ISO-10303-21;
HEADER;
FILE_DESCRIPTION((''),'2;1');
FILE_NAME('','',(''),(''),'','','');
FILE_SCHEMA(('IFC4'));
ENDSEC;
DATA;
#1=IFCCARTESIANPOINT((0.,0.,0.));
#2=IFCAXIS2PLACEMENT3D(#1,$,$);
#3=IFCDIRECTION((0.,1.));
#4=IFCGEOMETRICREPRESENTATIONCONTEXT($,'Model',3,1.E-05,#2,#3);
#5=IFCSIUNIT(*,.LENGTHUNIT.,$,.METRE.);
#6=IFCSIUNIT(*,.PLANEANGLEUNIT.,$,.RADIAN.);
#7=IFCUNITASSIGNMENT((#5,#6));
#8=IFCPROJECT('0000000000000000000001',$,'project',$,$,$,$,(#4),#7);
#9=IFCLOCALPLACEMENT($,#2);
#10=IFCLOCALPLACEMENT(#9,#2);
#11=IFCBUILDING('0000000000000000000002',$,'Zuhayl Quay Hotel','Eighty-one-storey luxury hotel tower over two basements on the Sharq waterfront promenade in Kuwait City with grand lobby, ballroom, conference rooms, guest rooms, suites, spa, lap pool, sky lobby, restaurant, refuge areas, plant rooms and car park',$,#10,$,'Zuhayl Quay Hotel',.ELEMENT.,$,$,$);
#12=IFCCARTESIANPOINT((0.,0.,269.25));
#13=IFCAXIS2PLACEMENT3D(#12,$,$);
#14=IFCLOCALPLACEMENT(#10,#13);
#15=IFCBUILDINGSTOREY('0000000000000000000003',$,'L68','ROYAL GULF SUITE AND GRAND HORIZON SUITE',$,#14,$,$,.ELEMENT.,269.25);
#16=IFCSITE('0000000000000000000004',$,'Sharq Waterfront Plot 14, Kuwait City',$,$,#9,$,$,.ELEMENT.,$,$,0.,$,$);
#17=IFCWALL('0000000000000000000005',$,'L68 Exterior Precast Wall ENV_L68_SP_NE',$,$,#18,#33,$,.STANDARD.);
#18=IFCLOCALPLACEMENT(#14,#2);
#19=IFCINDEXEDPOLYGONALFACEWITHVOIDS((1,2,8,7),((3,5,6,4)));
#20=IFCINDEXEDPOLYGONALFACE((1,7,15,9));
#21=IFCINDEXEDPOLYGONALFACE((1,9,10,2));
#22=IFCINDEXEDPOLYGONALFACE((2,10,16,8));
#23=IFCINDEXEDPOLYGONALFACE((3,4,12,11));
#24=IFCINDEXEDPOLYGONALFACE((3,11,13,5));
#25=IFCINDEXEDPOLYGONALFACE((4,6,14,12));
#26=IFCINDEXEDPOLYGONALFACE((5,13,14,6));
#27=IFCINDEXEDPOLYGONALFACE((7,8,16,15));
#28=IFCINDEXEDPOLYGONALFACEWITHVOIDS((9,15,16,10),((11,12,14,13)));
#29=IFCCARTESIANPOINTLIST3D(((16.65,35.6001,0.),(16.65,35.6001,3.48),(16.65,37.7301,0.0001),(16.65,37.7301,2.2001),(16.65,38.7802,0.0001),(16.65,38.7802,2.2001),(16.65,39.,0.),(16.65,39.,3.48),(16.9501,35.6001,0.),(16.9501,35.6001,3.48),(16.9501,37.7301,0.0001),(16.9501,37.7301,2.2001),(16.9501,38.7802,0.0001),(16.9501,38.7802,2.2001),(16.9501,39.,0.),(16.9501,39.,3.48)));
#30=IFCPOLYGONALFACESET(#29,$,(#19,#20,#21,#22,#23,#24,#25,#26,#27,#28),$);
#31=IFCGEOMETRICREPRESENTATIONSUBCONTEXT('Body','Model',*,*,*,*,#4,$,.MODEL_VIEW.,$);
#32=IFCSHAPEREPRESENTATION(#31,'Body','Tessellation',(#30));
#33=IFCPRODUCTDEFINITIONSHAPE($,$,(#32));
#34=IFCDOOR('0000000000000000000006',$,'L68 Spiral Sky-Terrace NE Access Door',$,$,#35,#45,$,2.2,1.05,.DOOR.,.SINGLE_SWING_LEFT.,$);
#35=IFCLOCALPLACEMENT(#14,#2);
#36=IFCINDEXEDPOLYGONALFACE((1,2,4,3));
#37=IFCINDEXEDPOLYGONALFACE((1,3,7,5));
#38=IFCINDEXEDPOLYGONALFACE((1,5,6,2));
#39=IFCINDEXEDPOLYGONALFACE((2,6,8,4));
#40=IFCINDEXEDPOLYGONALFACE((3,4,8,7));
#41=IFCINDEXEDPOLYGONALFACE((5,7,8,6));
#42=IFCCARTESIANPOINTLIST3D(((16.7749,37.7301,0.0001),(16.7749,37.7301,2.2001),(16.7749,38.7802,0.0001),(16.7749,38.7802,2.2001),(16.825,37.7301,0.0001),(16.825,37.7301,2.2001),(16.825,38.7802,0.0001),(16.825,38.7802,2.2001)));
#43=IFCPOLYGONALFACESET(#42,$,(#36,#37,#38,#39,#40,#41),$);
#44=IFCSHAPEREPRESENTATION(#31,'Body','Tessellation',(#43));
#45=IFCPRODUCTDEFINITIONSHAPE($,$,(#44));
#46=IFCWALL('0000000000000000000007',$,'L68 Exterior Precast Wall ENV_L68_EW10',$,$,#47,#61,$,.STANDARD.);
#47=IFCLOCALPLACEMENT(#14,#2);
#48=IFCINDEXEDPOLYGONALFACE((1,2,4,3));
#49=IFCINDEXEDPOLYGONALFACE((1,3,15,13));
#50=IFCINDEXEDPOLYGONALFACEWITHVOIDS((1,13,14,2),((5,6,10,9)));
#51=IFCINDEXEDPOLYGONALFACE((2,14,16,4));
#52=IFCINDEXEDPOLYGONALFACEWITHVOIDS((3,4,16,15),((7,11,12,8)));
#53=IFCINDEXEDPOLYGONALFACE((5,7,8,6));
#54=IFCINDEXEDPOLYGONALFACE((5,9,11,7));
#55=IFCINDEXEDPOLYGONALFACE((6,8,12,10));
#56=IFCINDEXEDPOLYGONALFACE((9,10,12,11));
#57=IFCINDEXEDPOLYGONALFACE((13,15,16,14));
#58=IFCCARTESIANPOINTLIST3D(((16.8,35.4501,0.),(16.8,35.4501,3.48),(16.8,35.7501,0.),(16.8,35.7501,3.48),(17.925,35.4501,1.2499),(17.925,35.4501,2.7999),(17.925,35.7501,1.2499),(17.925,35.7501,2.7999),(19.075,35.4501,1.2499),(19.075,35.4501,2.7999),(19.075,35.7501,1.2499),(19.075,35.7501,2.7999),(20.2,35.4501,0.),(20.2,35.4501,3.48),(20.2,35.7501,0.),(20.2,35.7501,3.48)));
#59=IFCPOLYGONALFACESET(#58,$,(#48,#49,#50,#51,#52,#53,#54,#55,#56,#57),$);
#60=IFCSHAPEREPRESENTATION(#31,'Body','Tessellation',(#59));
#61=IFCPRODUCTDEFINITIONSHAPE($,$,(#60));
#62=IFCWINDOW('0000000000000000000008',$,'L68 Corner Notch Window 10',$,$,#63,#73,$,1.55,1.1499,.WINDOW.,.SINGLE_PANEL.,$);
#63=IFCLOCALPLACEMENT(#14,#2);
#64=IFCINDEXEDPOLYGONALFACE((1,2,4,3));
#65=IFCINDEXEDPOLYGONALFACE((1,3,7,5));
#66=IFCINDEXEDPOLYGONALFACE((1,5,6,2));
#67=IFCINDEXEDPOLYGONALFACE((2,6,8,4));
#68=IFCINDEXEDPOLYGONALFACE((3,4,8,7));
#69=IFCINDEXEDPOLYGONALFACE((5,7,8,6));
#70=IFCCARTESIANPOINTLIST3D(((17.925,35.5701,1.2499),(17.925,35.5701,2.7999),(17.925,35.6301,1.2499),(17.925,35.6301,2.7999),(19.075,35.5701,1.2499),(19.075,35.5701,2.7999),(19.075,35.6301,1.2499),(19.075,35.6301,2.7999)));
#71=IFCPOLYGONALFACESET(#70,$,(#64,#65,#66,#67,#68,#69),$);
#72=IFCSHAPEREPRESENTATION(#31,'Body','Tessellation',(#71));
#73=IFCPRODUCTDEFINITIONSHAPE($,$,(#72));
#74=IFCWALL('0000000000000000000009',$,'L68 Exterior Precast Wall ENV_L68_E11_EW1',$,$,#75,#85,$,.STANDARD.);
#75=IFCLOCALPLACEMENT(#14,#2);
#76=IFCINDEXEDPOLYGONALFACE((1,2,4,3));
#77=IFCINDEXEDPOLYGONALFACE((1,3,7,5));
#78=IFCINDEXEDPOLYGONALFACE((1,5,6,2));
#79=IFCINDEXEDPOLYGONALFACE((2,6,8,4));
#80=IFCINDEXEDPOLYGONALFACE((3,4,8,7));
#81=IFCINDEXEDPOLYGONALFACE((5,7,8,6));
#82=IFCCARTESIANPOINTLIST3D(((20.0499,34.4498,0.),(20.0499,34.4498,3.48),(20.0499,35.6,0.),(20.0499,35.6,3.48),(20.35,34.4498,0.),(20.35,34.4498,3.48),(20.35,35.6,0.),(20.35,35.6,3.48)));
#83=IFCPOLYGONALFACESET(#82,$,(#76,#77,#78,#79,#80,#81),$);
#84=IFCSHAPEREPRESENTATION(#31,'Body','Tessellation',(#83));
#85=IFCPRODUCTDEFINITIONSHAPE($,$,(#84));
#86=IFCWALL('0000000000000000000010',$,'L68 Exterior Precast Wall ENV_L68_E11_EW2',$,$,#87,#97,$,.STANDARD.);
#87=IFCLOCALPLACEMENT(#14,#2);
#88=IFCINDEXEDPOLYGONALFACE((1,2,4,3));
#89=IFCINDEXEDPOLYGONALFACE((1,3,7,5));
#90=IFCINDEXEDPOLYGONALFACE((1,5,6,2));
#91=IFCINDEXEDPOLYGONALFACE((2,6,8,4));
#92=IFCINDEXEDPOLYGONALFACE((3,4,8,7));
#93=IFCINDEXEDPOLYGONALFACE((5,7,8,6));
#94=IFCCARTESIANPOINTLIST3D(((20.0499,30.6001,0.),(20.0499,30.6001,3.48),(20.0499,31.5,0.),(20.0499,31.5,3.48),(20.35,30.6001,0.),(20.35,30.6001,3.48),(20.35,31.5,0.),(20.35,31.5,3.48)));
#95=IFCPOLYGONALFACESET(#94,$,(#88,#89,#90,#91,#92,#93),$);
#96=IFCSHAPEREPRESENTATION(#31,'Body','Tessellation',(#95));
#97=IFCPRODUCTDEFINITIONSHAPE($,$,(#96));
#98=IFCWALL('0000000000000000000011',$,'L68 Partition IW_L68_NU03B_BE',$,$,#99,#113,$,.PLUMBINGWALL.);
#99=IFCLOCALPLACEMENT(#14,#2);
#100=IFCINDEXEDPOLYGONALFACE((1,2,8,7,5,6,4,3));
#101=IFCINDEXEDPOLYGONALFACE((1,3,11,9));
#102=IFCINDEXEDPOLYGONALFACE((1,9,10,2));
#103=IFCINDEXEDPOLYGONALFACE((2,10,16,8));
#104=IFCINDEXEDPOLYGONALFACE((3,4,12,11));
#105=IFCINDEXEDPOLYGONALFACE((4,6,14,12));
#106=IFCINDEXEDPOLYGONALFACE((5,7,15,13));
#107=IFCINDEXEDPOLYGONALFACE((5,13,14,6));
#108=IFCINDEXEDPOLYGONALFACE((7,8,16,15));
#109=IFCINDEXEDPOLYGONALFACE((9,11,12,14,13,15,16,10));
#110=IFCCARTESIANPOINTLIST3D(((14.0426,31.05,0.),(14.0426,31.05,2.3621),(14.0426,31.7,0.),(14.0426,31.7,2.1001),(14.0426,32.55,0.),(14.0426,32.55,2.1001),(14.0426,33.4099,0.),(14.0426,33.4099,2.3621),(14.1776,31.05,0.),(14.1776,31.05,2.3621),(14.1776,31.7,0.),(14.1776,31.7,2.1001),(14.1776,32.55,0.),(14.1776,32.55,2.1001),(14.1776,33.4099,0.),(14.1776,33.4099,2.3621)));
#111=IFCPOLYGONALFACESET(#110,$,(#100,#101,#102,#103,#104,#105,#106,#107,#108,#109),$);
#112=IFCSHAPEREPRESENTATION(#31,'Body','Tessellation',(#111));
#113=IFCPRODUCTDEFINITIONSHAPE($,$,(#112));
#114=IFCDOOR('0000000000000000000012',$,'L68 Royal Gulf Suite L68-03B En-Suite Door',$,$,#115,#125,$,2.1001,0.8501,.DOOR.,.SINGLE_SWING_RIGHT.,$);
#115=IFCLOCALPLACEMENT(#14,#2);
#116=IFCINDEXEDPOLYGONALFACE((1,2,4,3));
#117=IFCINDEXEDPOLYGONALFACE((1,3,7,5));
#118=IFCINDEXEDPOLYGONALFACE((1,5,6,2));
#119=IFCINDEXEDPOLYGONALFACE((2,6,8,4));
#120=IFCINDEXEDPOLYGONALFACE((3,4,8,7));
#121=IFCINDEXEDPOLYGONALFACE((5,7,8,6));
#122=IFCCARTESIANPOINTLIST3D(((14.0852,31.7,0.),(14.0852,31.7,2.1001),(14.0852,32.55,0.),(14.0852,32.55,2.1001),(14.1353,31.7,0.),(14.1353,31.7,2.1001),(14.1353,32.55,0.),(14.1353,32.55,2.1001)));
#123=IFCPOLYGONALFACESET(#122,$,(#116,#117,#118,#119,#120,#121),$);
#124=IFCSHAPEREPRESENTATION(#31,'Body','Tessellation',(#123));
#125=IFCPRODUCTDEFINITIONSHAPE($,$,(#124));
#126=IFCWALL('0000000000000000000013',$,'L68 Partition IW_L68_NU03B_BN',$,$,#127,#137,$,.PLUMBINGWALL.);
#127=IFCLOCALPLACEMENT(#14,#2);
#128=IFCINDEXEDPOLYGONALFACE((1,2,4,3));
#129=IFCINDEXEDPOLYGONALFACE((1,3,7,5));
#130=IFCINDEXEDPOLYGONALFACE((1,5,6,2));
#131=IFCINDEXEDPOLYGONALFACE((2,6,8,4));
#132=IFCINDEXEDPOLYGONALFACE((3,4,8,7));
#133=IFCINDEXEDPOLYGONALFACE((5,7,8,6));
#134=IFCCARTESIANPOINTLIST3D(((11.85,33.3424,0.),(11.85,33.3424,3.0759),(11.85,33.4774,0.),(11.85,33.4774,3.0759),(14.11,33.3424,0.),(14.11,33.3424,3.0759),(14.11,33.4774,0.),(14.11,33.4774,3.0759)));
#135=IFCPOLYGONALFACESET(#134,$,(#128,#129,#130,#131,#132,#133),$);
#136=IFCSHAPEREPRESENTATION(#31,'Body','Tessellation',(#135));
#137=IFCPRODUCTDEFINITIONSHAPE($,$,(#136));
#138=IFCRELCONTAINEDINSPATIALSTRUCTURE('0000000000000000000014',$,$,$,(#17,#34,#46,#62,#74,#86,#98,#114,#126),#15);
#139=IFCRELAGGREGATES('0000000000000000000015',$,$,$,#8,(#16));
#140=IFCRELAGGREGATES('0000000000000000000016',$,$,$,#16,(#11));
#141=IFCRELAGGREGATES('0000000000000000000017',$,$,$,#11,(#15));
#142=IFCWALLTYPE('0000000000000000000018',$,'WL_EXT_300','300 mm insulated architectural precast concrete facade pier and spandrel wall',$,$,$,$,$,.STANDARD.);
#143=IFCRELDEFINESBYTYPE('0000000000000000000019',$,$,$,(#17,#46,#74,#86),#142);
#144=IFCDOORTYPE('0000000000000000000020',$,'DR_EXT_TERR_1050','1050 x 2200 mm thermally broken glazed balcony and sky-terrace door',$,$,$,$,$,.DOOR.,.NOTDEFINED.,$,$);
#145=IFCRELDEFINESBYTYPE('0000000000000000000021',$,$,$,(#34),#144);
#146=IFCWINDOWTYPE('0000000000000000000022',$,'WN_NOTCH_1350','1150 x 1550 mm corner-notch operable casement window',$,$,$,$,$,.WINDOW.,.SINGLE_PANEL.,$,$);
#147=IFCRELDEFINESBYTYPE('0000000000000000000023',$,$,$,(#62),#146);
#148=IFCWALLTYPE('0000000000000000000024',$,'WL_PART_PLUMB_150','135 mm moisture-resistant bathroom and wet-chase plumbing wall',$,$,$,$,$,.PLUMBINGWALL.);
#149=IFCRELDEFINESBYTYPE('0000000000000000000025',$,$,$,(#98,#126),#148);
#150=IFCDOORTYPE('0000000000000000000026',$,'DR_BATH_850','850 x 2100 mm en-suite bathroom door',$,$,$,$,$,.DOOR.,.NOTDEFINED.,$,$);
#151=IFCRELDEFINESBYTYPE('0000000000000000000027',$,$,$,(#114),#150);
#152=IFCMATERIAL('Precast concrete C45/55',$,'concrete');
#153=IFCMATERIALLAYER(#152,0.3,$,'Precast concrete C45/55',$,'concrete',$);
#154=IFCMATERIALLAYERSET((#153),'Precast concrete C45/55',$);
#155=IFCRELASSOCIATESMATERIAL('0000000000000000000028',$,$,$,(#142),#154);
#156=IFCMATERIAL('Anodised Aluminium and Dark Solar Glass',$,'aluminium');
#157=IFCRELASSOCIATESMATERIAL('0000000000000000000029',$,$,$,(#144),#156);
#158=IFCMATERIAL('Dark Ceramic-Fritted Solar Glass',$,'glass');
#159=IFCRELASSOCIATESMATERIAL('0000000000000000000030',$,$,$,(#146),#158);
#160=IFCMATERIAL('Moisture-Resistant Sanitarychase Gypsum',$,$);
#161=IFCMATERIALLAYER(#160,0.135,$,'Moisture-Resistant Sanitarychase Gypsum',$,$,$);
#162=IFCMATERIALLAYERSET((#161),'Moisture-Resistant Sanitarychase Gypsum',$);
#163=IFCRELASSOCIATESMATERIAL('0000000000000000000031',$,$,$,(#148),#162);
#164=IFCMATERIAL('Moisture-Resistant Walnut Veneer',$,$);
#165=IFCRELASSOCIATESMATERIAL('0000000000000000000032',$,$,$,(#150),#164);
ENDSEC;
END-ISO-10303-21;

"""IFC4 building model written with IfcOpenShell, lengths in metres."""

from ifc_helpers import new_model, si_unit, direction, frame, frame_2d, origin, place, context, subcontext, project, spatial, rectangle, extrude, material, layer, layer_set, type_object, element, fill, save


model = new_model("IFC4")

# Units and contexts
model_context = context("Model", 3, precision=1e-05, world=origin(), true_north=direction((0.0, 1.0)))
body_context = subcontext(model_context, "Body", "Model", "MODEL_VIEW")
ifc_project = project(units=[si_unit("LENGTHUNIT", "METRE"), si_unit("PLANEANGLEUNIT", "RADIAN")], contexts=[model_context])

# Site, building, storey
site_placement = place(None, origin())
site = spatial("IfcSite", under=ifc_project, at=site_placement, Name="Sharq Waterfront Plot 14, Kuwait City", CompositionType="ELEMENT", RefElevation=0.0)
building_placement = place(site_placement, origin())
building = spatial("IfcBuilding", under=site, at=building_placement, Name="Zuhayl Quay Hotel", Description="Eighty-one-storey luxury hotel tower over two basements on the Sharq waterfront promenade in Kuwait City with grand lobby, ballroom, conference rooms, guest rooms, suites, spa, lap pool, sky lobby, restaurant, refuge areas, plant rooms and car park", LongName="Zuhayl Quay Hotel", CompositionType="ELEMENT")
storey_placement = place(building_placement, frame((0.0, 0.0, 269.25)))
storey = spatial("IfcBuildingStorey", under=building, at=storey_placement, Name="L68", Description="ROYAL GULF SUITE AND GRAND HORIZON SUITE", CompositionType="ELEMENT", Elevation=269.25)

# Shared definitions
ifc_material_1 = material(Name="Dark Ceramic-Fritted Solar Glass", Category="glass")

# Wall, opening, door
ifc_material_2 = material(Name="Precast concrete C45/55", Category="concrete")
ifc_layer_1 = layer(ifc_material_2, 0.3, Name="Precast concrete C45/55", Category="concrete")
ifc_layer_set_1 = layer_set([ifc_layer_1], Name="Precast concrete C45/55")
wall_type_1 = type_object("IfcWallType", Name="WL_EXT_300", Description="300 mm insulated architectural precast concrete facade pier and spandrel wall", PredefinedType="STANDARD", material=ifc_layer_set_1)
wall_1_placement = place(storey_placement, frame((16.8, 39.0, 0.0), z_axis=(0.0, 0.0, 1.0), x_axis=(0.0, -1.0, 0.0)))
wall_1 = element("IfcWall", 1, at=wall_1_placement, inside=storey, type_object=wall_type_1, Name="L68 Exterior Precast Wall ENV_L68_SP_NE", PredefinedType="STANDARD", context=body_context, shape_type="SweptSolid", body=[
    extrude(rectangle(XDim=3.3999, YDim=0.3, at=frame_2d((1.7, 0.0))), origin(), (0.0, 0.0, 1.0), 3.48),
])
opening_1_placement = place(wall_1_placement, frame((0.22, 0.0, 0.0)))
opening_1 = element("IfcOpeningElement", 2, at=opening_1_placement, cuts=wall_1, PredefinedType="OPENING", context=body_context, shape_type="SweptSolid", body=[
    extrude(rectangle(XDim=1.05, YDim=2.2, at=frame_2d((0.5249, 1.1001))), frame((0.0, 0.1599, 0.0), z_axis=(0.0, -1.0, 0.0), x_axis=(1.0, 0.0, 0.0)), (0.0, 0.0, 1.0), 0.3201),
])
ifc_material_3 = material(Name="Anodised Aluminium and Dark Solar Glass", Category="aluminium")
door_type_1 = type_object("IfcDoorType", Name="DR_EXT_TERR_1050", Description="1050 x 2200 mm thermally broken glazed balcony and sky-terrace door", OperationType="NOTDEFINED", PredefinedType="DOOR", material=ifc_material_3)
door_1_placement = place(opening_1_placement, origin())
door_1 = element("IfcDoor", 3, at=door_1_placement, inside=storey, type_object=door_type_1, Name="L68 Spiral Sky-Terrace NE Access Door", OperationType="SINGLE_SWING_LEFT", OverallHeight=2.2, OverallWidth=1.05, PredefinedType="DOOR", context=body_context, shape_type="SweptSolid", body=[
    extrude(rectangle(XDim=1.05, YDim=2.2, at=frame_2d((0.5249, 1.1001))), frame((0.0, 0.0249, 0.0), z_axis=(0.0, -1.0, 0.0), x_axis=(1.0, 0.0, 0.0)), (0.0, 0.0, 1.0), 0.05),
])
fill(opening_1, door_1)

# Wall, opening, window
wall_2_placement = place(storey_placement, frame((16.8, 35.6001, 0.0), z_axis=(0.0, 0.0, 1.0), x_axis=(1.0, 0.0, 0.0)))
wall_2 = element("IfcWall", 4, at=wall_2_placement, inside=storey, type_object=wall_type_1, Name="L68 Exterior Precast Wall ENV_L68_EW10", PredefinedType="STANDARD", context=body_context, shape_type="SweptSolid", body=[
    extrude(rectangle(XDim=3.3999, YDim=0.3, at=frame_2d((1.7, 0.0))), origin(), (0.0, 0.0, 1.0), 3.48),
])
opening_2_placement = place(wall_2_placement, frame((1.125, 0.0, 1.25)))
opening_2 = element("IfcOpeningElement", 5, at=opening_2_placement, cuts=wall_2, PredefinedType="OPENING", context=body_context, shape_type="SweptSolid", body=[
    extrude(rectangle(XDim=1.1499, YDim=1.55, at=frame_2d((0.575, 0.7749))), frame((0.0, 0.1599, 0.0), z_axis=(0.0, -1.0, 0.0), x_axis=(1.0, 0.0, 0.0)), (0.0, 0.0, 1.0), 0.3201),
])
window_type = type_object("IfcWindowType", Name="WN_NOTCH_1350", Description="1150 x 1550 mm corner-notch operable casement window", PartitioningType="SINGLE_PANEL", PredefinedType="WINDOW", material=ifc_material_1)
window_placement = place(opening_2_placement, origin())
window = element("IfcWindow", 6, at=window_placement, inside=storey, type_object=window_type, Name="L68 Corner Notch Window 10", OverallHeight=1.55, OverallWidth=1.1499, PartitioningType="SINGLE_PANEL", PredefinedType="WINDOW", context=body_context, shape_type="SweptSolid", body=[
    extrude(rectangle(XDim=1.1499, YDim=1.55, at=frame_2d((0.575, 0.7749))), frame((0.0, 0.03, 0.0), z_axis=(0.0, -1.0, 0.0), x_axis=(1.0, 0.0, 0.0)), (0.0, 0.0, 1.0), 0.0601),
])
fill(opening_2, window)

# Walls
wall_3_placement = place(storey_placement, frame((20.2, 35.6001, 0.0), z_axis=(0.0, 0.0, 1.0), x_axis=(0.0, -1.0, 0.0)))
element("IfcWall", 7, at=wall_3_placement, inside=storey, type_object=wall_type_1, Name="L68 Exterior Precast Wall ENV_L68_E11_EW1", PredefinedType="STANDARD", context=body_context, shape_type="SweptSolid", body=[
    extrude(rectangle(XDim=1.1501, YDim=0.3, at=frame_2d((0.5752, 0.0))), origin(), (0.0, 0.0, 1.0), 3.48),
])
wall_4_placement = place(storey_placement, frame((20.2, 31.5, 0.0), z_axis=(0.0, 0.0, 1.0), x_axis=(0.0, -1.0, 0.0)))
element("IfcWall", 8, at=wall_4_placement, inside=storey, type_object=wall_type_1, Name="L68 Exterior Precast Wall ENV_L68_E11_EW2", PredefinedType="STANDARD", context=body_context, shape_type="SweptSolid", body=[
    extrude(rectangle(XDim=0.8999, YDim=0.3, at=frame_2d((0.45, 0.0))), origin(), (0.0, 0.0, 1.0), 3.48),
])

# Wall, opening, door
ifc_material_4 = material(Name="Moisture-Resistant Sanitarychase Gypsum")
ifc_layer_2 = layer(ifc_material_4, 0.135, Name="Moisture-Resistant Sanitarychase Gypsum")
ifc_layer_set_2 = layer_set([ifc_layer_2], Name="Moisture-Resistant Sanitarychase Gypsum")
wall_type_2 = type_object("IfcWallType", Name="WL_PART_PLUMB_150", Description="135 mm moisture-resistant bathroom and wet-chase plumbing wall", PredefinedType="PLUMBINGWALL", material=ifc_layer_set_2)
wall_5_placement = place(storey_placement, frame((14.1101, 31.05, 0.0), z_axis=(0.0, 0.0, 1.0), x_axis=(0.0, 1.0, 0.0)))
wall_5 = element("IfcWall", 9, at=wall_5_placement, inside=storey, type_object=wall_type_2, Name="L68 Partition IW_L68_NU03B_BE", PredefinedType="PLUMBINGWALL", context=body_context, shape_type="SweptSolid", body=[
    extrude(rectangle(XDim=2.3599, YDim=0.135, at=frame_2d((1.1799, 0.0))), origin(), (0.0, 0.0, 1.0), 2.3621),
])
opening_3_placement = place(wall_5_placement, frame((0.6499, 0.0, 0.0)))
opening_3 = element("IfcOpeningElement", 10, at=opening_3_placement, cuts=wall_5, PredefinedType="OPENING", context=body_context, shape_type="SweptSolid", body=[
    extrude(rectangle(XDim=0.8501, YDim=2.1001, at=frame_2d((0.425, 1.05))), frame((0.0, 0.0774, 0.0), z_axis=(0.0, -1.0, 0.0), x_axis=(1.0, 0.0, 0.0)), (0.0, 0.0, 1.0), 0.155),
])
ifc_material_5 = material(Name="Moisture-Resistant Walnut Veneer")
door_type_2 = type_object("IfcDoorType", Name="DR_BATH_850", Description="850 x 2100 mm en-suite bathroom door", OperationType="NOTDEFINED", PredefinedType="DOOR", material=ifc_material_5)
door_2_placement = place(opening_3_placement, origin())
door_2 = element("IfcDoor", 11, at=door_2_placement, inside=storey, type_object=door_type_2, Name="L68 Royal Gulf Suite L68-03B En-Suite Door", OperationType="SINGLE_SWING_RIGHT", OverallHeight=2.1001, OverallWidth=0.8501, PredefinedType="DOOR", context=body_context, shape_type="SweptSolid", body=[
    extrude(rectangle(XDim=0.8501, YDim=2.1001, at=frame_2d((0.425, 1.05))), frame((0.0, 0.0249, 0.0), z_axis=(0.0, -1.0, 0.0), x_axis=(1.0, 0.0, 0.0)), (0.0, 0.0, 1.0), 0.05),
])
fill(opening_3, door_2)

# Wall
wall_6_placement = place(storey_placement, frame((11.8501, 33.4099, 0.0), z_axis=(0.0, 0.0, 1.0), x_axis=(1.0, 0.0, 0.0)))
element("IfcWall", 12, at=wall_6_placement, inside=storey, type_object=wall_type_2, Name="L68 Partition IW_L68_NU03B_BN", PredefinedType="PLUMBINGWALL", context=body_context, shape_type="SweptSolid", body=[
    extrude(rectangle(XDim=2.26, YDim=0.135, at=frame_2d((1.1299, 0.0))), origin(), (0.0, 0.0, 1.0), 3.0759),
])

save(model, "model.ifc")
